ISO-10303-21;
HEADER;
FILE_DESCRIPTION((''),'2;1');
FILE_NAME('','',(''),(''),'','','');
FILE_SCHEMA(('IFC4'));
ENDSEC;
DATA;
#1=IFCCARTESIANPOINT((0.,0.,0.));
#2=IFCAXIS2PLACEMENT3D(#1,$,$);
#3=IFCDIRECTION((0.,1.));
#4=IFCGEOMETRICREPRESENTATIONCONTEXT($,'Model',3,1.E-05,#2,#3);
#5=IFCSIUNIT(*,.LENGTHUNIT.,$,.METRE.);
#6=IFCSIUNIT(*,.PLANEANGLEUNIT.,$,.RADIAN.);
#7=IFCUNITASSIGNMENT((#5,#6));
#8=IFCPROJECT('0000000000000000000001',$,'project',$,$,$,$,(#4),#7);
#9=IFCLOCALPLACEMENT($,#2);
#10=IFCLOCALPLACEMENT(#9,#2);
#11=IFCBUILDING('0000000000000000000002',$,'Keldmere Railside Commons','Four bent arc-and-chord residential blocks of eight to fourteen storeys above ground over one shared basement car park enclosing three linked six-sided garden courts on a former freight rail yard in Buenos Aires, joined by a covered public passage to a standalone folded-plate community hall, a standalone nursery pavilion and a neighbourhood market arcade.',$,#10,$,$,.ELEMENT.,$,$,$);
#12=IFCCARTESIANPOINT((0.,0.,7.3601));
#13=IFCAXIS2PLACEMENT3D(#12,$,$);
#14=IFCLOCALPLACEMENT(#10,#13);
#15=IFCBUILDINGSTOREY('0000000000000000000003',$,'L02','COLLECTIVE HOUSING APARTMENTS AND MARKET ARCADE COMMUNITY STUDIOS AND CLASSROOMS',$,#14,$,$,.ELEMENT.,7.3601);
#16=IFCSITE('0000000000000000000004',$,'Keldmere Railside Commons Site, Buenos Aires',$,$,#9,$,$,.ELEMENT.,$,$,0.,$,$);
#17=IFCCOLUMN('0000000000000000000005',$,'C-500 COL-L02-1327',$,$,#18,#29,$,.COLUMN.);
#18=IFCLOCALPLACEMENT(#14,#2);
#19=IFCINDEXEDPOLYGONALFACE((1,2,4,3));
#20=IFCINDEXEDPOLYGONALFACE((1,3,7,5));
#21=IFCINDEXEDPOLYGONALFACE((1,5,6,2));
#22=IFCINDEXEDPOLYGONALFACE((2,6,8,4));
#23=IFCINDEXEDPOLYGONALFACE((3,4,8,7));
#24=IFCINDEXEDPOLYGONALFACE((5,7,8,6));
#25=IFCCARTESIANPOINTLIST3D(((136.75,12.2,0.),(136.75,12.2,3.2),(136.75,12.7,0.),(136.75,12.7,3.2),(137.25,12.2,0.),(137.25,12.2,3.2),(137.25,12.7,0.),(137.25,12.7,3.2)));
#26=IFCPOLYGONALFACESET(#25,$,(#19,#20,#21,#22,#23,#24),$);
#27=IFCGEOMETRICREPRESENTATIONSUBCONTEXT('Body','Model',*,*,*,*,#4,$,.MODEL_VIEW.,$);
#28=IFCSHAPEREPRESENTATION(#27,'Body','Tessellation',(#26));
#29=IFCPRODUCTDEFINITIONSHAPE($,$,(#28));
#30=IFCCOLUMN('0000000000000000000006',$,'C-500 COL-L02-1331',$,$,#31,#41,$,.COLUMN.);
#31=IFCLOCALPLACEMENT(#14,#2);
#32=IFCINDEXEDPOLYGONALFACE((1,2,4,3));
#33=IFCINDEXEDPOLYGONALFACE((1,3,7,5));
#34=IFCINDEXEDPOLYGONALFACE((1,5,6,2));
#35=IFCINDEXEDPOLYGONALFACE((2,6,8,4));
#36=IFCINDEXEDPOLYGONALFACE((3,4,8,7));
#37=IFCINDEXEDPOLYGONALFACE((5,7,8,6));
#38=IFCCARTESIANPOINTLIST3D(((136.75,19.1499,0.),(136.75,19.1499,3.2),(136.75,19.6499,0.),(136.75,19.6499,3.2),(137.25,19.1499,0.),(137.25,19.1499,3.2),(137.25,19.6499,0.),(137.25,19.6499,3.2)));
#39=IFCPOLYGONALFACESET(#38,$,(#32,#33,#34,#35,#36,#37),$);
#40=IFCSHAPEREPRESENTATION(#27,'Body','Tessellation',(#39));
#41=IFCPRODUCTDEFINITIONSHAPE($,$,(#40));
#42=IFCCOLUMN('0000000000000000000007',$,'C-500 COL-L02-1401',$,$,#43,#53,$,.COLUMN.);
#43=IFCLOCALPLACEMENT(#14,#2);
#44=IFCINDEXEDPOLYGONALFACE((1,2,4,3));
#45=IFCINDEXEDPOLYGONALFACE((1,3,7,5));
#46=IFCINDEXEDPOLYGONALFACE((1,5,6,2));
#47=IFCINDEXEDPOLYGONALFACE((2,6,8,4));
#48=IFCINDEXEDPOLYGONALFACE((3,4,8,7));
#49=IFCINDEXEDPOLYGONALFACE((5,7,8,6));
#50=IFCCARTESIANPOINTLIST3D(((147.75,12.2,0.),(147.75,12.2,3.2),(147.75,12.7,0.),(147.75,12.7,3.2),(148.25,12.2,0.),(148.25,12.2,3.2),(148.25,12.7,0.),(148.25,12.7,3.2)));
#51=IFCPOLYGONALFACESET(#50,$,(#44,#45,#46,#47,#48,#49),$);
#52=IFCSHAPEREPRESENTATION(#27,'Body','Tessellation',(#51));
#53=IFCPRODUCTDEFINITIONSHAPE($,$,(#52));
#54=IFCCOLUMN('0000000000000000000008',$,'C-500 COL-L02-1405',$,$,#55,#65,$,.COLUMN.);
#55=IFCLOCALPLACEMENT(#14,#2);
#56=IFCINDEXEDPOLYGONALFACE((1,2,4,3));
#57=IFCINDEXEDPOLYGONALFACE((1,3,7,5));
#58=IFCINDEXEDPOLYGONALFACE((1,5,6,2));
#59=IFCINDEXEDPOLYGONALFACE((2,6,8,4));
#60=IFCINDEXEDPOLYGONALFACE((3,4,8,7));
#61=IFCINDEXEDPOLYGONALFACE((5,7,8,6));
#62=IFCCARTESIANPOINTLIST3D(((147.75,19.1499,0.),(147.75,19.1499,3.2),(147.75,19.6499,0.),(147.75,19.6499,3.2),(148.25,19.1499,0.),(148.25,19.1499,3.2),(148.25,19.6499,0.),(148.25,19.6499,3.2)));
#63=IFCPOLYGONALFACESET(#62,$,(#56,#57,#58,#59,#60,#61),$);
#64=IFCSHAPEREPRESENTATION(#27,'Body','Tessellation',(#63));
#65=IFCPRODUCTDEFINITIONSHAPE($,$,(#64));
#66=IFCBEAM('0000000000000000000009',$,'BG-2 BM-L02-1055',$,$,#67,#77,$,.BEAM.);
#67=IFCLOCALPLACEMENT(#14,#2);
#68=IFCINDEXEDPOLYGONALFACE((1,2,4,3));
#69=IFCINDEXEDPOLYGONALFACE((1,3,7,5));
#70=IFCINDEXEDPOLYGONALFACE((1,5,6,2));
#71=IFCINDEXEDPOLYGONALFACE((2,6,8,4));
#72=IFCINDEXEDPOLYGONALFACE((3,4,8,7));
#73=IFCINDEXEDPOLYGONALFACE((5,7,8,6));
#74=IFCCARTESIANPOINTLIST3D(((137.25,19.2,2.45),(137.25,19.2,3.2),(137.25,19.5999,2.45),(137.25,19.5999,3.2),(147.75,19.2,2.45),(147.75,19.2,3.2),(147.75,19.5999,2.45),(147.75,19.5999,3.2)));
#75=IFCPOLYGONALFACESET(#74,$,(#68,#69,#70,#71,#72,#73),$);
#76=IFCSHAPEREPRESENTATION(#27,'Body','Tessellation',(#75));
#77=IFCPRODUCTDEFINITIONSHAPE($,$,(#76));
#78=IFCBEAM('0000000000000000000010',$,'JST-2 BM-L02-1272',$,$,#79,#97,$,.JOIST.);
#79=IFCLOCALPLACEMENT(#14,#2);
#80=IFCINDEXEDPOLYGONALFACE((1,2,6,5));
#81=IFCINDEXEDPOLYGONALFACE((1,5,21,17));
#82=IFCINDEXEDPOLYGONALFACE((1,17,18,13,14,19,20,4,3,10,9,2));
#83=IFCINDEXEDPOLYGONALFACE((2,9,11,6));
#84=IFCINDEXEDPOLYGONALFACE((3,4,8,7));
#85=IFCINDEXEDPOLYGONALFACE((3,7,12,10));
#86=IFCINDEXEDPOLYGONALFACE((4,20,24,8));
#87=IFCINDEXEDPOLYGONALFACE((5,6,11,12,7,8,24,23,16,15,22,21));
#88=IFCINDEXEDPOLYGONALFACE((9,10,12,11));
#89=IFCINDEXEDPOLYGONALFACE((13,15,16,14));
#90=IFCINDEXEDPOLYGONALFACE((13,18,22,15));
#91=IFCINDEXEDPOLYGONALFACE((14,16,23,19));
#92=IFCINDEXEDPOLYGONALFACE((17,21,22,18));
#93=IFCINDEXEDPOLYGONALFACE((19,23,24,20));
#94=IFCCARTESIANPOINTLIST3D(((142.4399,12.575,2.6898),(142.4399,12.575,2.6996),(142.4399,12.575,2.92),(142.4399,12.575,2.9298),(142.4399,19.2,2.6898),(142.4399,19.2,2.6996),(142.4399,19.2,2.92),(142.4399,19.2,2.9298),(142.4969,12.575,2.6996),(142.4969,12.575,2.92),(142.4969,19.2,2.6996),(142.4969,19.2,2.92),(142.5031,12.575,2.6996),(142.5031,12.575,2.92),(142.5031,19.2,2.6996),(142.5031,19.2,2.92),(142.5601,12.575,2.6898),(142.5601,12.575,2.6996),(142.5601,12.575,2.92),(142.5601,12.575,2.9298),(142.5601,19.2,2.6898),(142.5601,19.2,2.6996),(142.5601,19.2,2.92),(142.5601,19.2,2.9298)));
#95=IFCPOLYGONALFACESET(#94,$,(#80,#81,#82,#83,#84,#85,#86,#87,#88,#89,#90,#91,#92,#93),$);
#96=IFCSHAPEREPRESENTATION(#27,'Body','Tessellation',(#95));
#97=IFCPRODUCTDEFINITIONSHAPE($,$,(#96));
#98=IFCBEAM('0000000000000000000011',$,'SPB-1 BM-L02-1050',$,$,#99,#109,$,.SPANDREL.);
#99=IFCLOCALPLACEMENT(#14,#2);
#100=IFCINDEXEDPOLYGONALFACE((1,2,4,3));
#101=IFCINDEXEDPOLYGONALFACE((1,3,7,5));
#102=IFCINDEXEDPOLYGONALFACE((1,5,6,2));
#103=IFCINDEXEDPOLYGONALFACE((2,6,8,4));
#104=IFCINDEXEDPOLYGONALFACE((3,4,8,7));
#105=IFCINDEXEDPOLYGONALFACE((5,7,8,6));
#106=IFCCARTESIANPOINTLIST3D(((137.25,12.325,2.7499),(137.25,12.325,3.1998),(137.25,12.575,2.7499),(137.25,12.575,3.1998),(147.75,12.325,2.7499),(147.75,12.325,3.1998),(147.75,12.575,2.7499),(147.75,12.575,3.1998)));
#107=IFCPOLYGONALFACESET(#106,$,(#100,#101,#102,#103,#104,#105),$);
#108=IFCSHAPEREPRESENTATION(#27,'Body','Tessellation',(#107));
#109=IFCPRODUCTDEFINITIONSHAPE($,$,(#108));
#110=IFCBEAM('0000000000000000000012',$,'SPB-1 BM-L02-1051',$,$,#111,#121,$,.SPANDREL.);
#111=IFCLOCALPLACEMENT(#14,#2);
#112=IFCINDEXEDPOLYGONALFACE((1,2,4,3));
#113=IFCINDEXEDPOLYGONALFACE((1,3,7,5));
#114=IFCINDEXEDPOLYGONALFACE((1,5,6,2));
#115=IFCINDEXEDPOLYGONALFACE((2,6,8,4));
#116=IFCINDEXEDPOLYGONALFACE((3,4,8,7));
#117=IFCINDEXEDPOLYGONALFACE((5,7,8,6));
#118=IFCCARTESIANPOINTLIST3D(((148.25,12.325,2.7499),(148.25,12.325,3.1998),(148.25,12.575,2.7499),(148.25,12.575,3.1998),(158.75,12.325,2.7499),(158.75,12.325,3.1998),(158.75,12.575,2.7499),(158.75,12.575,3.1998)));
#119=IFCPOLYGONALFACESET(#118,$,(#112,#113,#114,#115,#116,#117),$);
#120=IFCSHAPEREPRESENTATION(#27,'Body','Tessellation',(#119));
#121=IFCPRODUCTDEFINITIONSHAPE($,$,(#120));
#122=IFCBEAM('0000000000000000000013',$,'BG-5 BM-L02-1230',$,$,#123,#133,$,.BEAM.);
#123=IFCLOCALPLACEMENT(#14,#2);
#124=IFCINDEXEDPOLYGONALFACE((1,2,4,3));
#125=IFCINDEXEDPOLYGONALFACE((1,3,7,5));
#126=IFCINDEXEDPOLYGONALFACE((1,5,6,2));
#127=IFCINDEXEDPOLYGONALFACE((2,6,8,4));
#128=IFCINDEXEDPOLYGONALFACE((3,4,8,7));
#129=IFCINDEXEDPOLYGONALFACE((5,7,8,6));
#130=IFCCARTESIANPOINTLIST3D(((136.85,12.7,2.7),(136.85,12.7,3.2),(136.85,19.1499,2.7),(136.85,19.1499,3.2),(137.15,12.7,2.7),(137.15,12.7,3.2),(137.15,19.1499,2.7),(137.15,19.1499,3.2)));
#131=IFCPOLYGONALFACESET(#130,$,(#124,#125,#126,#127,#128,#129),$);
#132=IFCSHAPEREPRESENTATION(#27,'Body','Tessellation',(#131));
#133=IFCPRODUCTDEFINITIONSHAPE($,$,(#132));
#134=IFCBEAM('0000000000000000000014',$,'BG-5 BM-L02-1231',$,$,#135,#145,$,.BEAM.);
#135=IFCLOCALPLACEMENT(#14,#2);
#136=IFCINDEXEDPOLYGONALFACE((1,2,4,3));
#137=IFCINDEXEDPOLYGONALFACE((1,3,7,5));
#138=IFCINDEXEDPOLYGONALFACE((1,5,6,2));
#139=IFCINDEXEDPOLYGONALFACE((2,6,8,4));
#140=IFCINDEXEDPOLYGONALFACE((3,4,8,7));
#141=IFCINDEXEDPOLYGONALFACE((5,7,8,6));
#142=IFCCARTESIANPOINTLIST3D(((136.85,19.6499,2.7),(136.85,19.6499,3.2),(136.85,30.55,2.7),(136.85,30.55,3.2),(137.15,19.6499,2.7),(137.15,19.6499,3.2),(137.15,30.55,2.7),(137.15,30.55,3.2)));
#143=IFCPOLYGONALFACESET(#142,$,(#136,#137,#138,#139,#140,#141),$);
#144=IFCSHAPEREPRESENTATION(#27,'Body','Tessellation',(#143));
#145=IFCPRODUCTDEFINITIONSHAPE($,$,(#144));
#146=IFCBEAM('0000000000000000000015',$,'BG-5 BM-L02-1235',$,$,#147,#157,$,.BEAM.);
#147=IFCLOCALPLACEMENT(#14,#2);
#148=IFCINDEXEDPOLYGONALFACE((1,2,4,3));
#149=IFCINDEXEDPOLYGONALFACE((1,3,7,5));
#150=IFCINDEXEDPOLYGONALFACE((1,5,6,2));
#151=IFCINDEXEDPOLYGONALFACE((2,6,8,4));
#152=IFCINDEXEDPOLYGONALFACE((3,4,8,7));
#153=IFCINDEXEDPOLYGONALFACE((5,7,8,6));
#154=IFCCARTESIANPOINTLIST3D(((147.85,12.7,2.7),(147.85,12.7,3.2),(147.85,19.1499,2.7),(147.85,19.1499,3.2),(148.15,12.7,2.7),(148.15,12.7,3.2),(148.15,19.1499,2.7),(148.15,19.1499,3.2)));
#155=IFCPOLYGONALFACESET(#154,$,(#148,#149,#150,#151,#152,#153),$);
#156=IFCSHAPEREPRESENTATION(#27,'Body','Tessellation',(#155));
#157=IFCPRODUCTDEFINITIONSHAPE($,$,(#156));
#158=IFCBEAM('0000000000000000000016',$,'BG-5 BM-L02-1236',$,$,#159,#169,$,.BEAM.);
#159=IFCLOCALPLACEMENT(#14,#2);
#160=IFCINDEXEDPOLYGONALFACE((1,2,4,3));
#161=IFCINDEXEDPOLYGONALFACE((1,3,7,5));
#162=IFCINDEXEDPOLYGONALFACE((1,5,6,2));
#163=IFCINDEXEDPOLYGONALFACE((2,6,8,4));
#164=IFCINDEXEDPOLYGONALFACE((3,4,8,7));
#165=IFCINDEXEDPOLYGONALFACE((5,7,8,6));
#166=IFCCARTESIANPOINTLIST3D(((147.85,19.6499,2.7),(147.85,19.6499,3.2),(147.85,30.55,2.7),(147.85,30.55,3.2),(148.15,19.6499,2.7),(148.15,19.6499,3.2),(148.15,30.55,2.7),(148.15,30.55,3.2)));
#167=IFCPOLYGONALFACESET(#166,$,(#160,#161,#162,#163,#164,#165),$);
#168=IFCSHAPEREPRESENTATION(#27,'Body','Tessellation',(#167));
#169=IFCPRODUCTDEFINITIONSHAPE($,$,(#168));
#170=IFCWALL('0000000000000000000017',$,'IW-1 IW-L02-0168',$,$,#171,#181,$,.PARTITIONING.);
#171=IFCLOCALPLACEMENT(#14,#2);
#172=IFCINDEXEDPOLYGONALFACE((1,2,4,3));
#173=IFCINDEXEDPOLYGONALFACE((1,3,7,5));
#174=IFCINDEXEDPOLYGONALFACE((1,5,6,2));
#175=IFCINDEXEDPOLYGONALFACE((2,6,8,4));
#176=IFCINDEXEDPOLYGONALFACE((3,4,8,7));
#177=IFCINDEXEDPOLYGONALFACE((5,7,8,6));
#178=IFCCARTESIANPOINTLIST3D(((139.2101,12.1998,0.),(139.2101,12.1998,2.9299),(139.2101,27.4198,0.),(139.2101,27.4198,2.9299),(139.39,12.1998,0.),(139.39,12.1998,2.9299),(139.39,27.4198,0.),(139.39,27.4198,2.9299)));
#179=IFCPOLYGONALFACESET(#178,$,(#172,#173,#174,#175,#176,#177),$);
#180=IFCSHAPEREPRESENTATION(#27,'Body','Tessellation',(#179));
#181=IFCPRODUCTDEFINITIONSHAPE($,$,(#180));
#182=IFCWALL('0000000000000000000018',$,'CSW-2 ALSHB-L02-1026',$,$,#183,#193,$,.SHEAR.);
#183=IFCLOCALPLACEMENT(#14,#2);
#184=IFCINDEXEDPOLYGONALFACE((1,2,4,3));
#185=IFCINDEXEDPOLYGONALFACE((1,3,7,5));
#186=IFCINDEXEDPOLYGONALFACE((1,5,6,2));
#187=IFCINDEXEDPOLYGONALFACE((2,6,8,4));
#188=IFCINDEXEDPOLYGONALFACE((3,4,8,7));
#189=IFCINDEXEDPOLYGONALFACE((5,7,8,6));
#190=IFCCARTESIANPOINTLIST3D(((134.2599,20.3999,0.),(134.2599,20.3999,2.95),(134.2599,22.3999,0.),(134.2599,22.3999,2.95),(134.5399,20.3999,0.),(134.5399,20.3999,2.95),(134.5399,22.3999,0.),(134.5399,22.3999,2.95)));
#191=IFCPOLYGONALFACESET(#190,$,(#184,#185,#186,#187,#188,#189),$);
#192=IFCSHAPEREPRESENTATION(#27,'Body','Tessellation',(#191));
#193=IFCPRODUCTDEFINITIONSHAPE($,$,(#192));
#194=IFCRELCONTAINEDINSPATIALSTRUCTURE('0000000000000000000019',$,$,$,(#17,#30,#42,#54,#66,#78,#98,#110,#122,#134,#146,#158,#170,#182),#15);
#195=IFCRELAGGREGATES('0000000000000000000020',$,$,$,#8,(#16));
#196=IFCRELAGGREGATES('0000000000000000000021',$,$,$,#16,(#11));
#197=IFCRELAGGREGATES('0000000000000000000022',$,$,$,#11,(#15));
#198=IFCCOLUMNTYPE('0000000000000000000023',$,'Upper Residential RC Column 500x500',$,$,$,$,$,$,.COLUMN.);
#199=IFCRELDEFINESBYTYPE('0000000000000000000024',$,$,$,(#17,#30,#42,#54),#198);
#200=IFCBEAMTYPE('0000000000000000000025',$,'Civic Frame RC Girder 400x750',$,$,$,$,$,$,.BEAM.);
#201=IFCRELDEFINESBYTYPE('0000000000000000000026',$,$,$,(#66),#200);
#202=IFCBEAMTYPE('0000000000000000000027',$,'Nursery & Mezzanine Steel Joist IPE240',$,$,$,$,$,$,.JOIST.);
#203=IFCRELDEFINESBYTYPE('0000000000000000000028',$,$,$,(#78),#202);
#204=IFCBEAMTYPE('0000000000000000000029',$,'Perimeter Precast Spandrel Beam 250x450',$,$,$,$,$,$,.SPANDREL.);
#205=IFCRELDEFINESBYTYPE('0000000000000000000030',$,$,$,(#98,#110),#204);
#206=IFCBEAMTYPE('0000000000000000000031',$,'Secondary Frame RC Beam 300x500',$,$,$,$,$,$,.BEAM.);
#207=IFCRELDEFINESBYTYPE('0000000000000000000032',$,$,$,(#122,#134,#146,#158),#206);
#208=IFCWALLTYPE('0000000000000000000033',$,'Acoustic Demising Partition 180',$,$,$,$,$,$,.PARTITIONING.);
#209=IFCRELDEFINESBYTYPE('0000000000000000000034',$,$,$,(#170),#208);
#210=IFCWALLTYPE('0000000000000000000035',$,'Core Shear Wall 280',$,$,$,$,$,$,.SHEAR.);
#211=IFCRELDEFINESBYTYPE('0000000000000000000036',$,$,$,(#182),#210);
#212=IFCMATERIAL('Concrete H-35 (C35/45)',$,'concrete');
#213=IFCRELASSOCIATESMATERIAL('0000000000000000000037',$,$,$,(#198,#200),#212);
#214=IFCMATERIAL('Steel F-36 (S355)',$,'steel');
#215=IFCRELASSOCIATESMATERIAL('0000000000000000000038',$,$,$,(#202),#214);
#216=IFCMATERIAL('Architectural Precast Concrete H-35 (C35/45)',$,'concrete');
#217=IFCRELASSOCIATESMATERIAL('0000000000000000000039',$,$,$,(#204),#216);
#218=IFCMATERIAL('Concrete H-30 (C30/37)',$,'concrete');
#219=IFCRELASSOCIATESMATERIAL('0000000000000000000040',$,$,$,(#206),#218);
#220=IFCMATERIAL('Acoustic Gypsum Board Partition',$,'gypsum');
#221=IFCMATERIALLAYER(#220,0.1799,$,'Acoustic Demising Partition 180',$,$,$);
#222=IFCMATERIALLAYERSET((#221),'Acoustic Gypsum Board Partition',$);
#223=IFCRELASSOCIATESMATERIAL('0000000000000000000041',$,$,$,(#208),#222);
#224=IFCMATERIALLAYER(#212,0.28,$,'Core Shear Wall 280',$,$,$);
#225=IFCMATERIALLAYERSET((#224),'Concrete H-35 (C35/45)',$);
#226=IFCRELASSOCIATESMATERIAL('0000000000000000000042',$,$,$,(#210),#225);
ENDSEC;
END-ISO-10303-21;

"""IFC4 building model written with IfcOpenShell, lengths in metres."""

from ifc_helpers import new_model, si_unit, direction, frame, frame_2d, origin, origin_2d, place, context, subcontext, project, spatial, rectangle, i_section, extrude, material, layer, layer_set, material_profile, profile_set, type_object, element, save


model = new_model("IFC4")

# Units and contexts
model_context = context("Model", 3, precision=1e-05, world=origin(), true_north=direction((0.0, 1.0)))
body_context = subcontext(model_context, "Body", "Model", "MODEL_VIEW")
ifc_project = project(units=[si_unit("LENGTHUNIT", "METRE"), si_unit("PLANEANGLEUNIT", "RADIAN")], contexts=[model_context])

# Site, building, storey
site_placement = place(None, origin())
site = spatial("IfcSite", under=ifc_project, at=site_placement, Name="Keldmere Railside Commons Site, Buenos Aires", CompositionType="ELEMENT", RefElevation=0.0)
building_placement = place(site_placement, origin())
building = spatial("IfcBuilding", under=site, at=building_placement, Name="Keldmere Railside Commons", Description="Four bent arc-and-chord residential blocks of eight to fourteen storeys above ground over one shared basement car park enclosing three linked six-sided garden courts on a former freight rail yard in Buenos Aires, joined by a covered public passage to a standalone folded-plate community hall, a standalone nursery pavilion and a neighbourhood market arcade.", CompositionType="ELEMENT")
storey_placement = place(building_placement, frame((0.0, 0.0, 7.3601)))
storey = spatial("IfcBuildingStorey", under=building, at=storey_placement, Name="L02", Description="COLLECTIVE HOUSING APARTMENTS AND MARKET ARCADE COMMUNITY STUDIOS AND CLASSROOMS", CompositionType="ELEMENT", Elevation=7.3601)

# Columns
ifc_material_1 = material(Name="Concrete H-35 (C35/45)", Category="concrete")
ifc_material_profile_1 = material_profile(ifc_material_1, rectangle(XDim=0.5, YDim=0.5, at=origin_2d()), Name="RC-500x500")
ifc_profile_set_1 = profile_set([ifc_material_profile_1], Name="Concrete H-35 (C35/45)")
column_type = type_object("IfcColumnType", Name="Upper Residential RC Column 500x500", PredefinedType="COLUMN", material=ifc_profile_set_1)
for number, where, z_axis, x_axis, name in (
    (1, (137.0, 12.45, 0.0), (0.0, 0.0, 1.0), (1.0, 0.0, 0.0), "C-500 COL-L02-1327"),
    (2, (137.0, 19.3999, 0.0), (0.0, 0.0, 1.0), (1.0, 0.0, 0.0), "C-500 COL-L02-1331"),
    (3, (148.0, 12.45, 0.0), (0.0, 0.0, 1.0), (1.0, 0.0, 0.0), "C-500 COL-L02-1401"),
    (4, (148.0, 19.3999, 0.0), (0.0, 0.0, 1.0), (1.0, 0.0, 0.0), "C-500 COL-L02-1405"),
):
    element("IfcColumn", number, at=place(storey_placement, frame(where, z_axis=z_axis, x_axis=x_axis)), inside=storey, type_object=column_type, Name=name, PredefinedType="COLUMN", context=body_context, shape_type="SweptSolid", body=[
        extrude(rectangle(XDim=0.5, YDim=0.5, at=origin_2d()), origin(), (0.0, 0.0, 1.0), 3.2),
    ])

# Beams
ifc_material_profile_2 = material_profile(ifc_material_1, rectangle(XDim=0.3999, YDim=0.75, at=origin_2d()), Name="RC-400x750")
ifc_profile_set_2 = profile_set([ifc_material_profile_2], Name="Concrete H-35 (C35/45)")
beam_type_1 = type_object("IfcBeamType", Name="Civic Frame RC Girder 400x750", PredefinedType="BEAM", material=ifc_profile_set_2)
beam_1_placement = place(storey_placement, frame((137.25, 19.3999, 2.825), z_axis=(1.0, 0.0, 0.0), x_axis=(0.0, 1.0, 0.0)))
element("IfcBeam", 5, at=beam_1_placement, inside=storey, type_object=beam_type_1, Name="BG-2 BM-L02-1055", PredefinedType="BEAM", context=body_context, shape_type="SweptSolid", body=[
    extrude(rectangle(XDim=0.3999, YDim=0.75, at=origin_2d()), origin(), (0.0, 0.0, 1.0), 10.5),
])
ifc_material_2 = material(Name="Steel F-36 (S355)", Category="steel")
ifc_material_profile_3 = material_profile(ifc_material_2, i_section(OverallWidth=0.1201, OverallDepth=0.24, WebThickness=0.0061, FlangeThickness=0.0098, at=origin_2d()), Name="IPE-240")
ifc_profile_set_3 = profile_set([ifc_material_profile_3], Name="Steel F-36 (S355)")
beam_type_2 = type_object("IfcBeamType", Name="Nursery & Mezzanine Steel Joist IPE240", PredefinedType="JOIST", material=ifc_profile_set_3)
beam_2_placement = place(storey_placement, frame((142.5, 12.575, 2.8098), z_axis=(0.0, 1.0, 0.0), x_axis=(-1.0, 0.0, 0.0)))
element("IfcBeam", 6, at=beam_2_placement, inside=storey, type_object=beam_type_2, Name="JST-2 BM-L02-1272", PredefinedType="JOIST", context=body_context, shape_type="SweptSolid", body=[
    extrude(i_section(OverallWidth=0.1201, OverallDepth=0.24, WebThickness=0.0061, FlangeThickness=0.0098, at=origin_2d()), origin(), (0.0, 0.0, 1.0), 6.625),
])
ifc_material_3 = material(Name="Architectural Precast Concrete H-35 (C35/45)", Category="concrete")
ifc_material_profile_4 = material_profile(ifc_material_3, rectangle(XDim=0.25, YDim=0.45, at=origin_2d()), Name="RC-250x450")
ifc_profile_set_4 = profile_set([ifc_material_profile_4], Name="Architectural Precast Concrete H-35 (C35/45)")
beam_type_3 = type_object("IfcBeamType", Name="Perimeter Precast Spandrel Beam 250x450", PredefinedType="SPANDREL", material=ifc_profile_set_4)
for number, where, z_axis, x_axis, name in (
    (7, (137.25, 12.45, 2.9749), (1.0, 0.0, 0.0), (0.0, 1.0, 0.0), "SPB-1 BM-L02-1050"),
    (8, (148.25, 12.45, 2.9749), (1.0, 0.0, 0.0), (0.0, 1.0, 0.0), "SPB-1 BM-L02-1051"),
):
    element("IfcBeam", number, at=place(storey_placement, frame(where, z_axis=z_axis, x_axis=x_axis)), inside=storey, type_object=beam_type_3, Name=name, PredefinedType="SPANDREL", context=body_context, shape_type="SweptSolid", body=[
        extrude(rectangle(XDim=0.25, YDim=0.45, at=origin_2d()), origin(), (0.0, 0.0, 1.0), 10.5),
    ])
ifc_material_4 = material(Name="Concrete H-30 (C30/37)", Category="concrete")
ifc_material_profile_5 = material_profile(ifc_material_4, rectangle(XDim=0.3, YDim=0.5, at=origin_2d()), Name="RC-300x500")
ifc_profile_set_5 = profile_set([ifc_material_profile_5], Name="Concrete H-30 (C30/37)")
beam_type_4 = type_object("IfcBeamType", Name="Secondary Frame RC Beam 300x500", PredefinedType="BEAM", material=ifc_profile_set_5)
beam_3_placement = place(storey_placement, frame((137.0, 12.7, 2.95), z_axis=(0.0, 1.0, 0.0), x_axis=(-1.0, 0.0, 0.0)))
element("IfcBeam", 9, at=beam_3_placement, inside=storey, type_object=beam_type_4, Name="BG-5 BM-L02-1230", PredefinedType="BEAM", context=body_context, shape_type="SweptSolid", body=[
    extrude(rectangle(XDim=0.3, YDim=0.5, at=origin_2d()), origin(), (0.0, 0.0, 1.0), 6.45),
])
beam_4_placement = place(storey_placement, frame((137.0, 19.6499, 2.95), z_axis=(0.0, 1.0, 0.0), x_axis=(-1.0, 0.0, 0.0)))
element("IfcBeam", 10, at=beam_4_placement, inside=storey, type_object=beam_type_4, Name="BG-5 BM-L02-1231", PredefinedType="BEAM", context=body_context, shape_type="SweptSolid", body=[
    extrude(rectangle(XDim=0.3, YDim=0.5, at=origin_2d()), origin(), (0.0, 0.0, 1.0), 10.9001),
])
beam_5_placement = place(storey_placement, frame((148.0, 12.7, 2.95), z_axis=(0.0, 1.0, 0.0), x_axis=(-1.0, 0.0, 0.0)))
element("IfcBeam", 11, at=beam_5_placement, inside=storey, type_object=beam_type_4, Name="BG-5 BM-L02-1235", PredefinedType="BEAM", context=body_context, shape_type="SweptSolid", body=[
    extrude(rectangle(XDim=0.3, YDim=0.5, at=origin_2d()), origin(), (0.0, 0.0, 1.0), 6.45),
])
beam_6_placement = place(storey_placement, frame((148.0, 19.6499, 2.95), z_axis=(0.0, 1.0, 0.0), x_axis=(-1.0, 0.0, 0.0)))
element("IfcBeam", 12, at=beam_6_placement, inside=storey, type_object=beam_type_4, Name="BG-5 BM-L02-1236", PredefinedType="BEAM", context=body_context, shape_type="SweptSolid", body=[
    extrude(rectangle(XDim=0.3, YDim=0.5, at=origin_2d()), origin(), (0.0, 0.0, 1.0), 10.9001),
])

# Walls
ifc_material_5 = material(Name="Acoustic Gypsum Board Partition", Category="gypsum")
ifc_layer_1 = layer(ifc_material_5, 0.1799, Name="Acoustic Demising Partition 180")
ifc_layer_set_1 = layer_set([ifc_layer_1], Name="Acoustic Gypsum Board Partition")
wall_type_1 = type_object("IfcWallType", Name="Acoustic Demising Partition 180", PredefinedType="PARTITIONING", material=ifc_layer_set_1)
wall_1_placement = place(storey_placement, frame((139.3, 12.2, 0.0), z_axis=(0.0, 0.0, 1.0), x_axis=(0.0, 1.0, 0.0)))
element("IfcWall", 13, at=wall_1_placement, inside=storey, type_object=wall_type_1, Name="IW-1 IW-L02-0168", PredefinedType="PARTITIONING", context=body_context, shape_type="SweptSolid", body=[
    extrude(rectangle(XDim=15.22, YDim=0.1799, at=frame_2d((7.6099, 0.0))), origin(), (0.0, 0.0, 1.0), 2.9299),
])
ifc_layer_2 = layer(ifc_material_1, 0.28, Name="Core Shear Wall 280")
ifc_layer_set_2 = layer_set([ifc_layer_2], Name="Concrete H-35 (C35/45)")
wall_type_2 = type_object("IfcWallType", Name="Core Shear Wall 280", PredefinedType="SHEAR", material=ifc_layer_set_2)
for number, where, z_axis, x_axis, name in (
    (14, (134.3999, 20.3999, 0.0), (0.0, 0.0, 1.0), (0.0, 1.0, 0.0), "CSW-2 ALSHB-L02-1026"),
):
    element("IfcWall", number, at=place(storey_placement, frame(where, z_axis=z_axis, x_axis=x_axis)), inside=storey, type_object=wall_type_2, Name=name, PredefinedType="SHEAR", context=body_context, shape_type="SweptSolid", body=[
        extrude(rectangle(XDim=2.0, YDim=0.28, at=frame_2d((1.0, 0.0))), origin(), (0.0, 0.0, 1.0), 2.95),
    ])

save(model, "model.ifc")
